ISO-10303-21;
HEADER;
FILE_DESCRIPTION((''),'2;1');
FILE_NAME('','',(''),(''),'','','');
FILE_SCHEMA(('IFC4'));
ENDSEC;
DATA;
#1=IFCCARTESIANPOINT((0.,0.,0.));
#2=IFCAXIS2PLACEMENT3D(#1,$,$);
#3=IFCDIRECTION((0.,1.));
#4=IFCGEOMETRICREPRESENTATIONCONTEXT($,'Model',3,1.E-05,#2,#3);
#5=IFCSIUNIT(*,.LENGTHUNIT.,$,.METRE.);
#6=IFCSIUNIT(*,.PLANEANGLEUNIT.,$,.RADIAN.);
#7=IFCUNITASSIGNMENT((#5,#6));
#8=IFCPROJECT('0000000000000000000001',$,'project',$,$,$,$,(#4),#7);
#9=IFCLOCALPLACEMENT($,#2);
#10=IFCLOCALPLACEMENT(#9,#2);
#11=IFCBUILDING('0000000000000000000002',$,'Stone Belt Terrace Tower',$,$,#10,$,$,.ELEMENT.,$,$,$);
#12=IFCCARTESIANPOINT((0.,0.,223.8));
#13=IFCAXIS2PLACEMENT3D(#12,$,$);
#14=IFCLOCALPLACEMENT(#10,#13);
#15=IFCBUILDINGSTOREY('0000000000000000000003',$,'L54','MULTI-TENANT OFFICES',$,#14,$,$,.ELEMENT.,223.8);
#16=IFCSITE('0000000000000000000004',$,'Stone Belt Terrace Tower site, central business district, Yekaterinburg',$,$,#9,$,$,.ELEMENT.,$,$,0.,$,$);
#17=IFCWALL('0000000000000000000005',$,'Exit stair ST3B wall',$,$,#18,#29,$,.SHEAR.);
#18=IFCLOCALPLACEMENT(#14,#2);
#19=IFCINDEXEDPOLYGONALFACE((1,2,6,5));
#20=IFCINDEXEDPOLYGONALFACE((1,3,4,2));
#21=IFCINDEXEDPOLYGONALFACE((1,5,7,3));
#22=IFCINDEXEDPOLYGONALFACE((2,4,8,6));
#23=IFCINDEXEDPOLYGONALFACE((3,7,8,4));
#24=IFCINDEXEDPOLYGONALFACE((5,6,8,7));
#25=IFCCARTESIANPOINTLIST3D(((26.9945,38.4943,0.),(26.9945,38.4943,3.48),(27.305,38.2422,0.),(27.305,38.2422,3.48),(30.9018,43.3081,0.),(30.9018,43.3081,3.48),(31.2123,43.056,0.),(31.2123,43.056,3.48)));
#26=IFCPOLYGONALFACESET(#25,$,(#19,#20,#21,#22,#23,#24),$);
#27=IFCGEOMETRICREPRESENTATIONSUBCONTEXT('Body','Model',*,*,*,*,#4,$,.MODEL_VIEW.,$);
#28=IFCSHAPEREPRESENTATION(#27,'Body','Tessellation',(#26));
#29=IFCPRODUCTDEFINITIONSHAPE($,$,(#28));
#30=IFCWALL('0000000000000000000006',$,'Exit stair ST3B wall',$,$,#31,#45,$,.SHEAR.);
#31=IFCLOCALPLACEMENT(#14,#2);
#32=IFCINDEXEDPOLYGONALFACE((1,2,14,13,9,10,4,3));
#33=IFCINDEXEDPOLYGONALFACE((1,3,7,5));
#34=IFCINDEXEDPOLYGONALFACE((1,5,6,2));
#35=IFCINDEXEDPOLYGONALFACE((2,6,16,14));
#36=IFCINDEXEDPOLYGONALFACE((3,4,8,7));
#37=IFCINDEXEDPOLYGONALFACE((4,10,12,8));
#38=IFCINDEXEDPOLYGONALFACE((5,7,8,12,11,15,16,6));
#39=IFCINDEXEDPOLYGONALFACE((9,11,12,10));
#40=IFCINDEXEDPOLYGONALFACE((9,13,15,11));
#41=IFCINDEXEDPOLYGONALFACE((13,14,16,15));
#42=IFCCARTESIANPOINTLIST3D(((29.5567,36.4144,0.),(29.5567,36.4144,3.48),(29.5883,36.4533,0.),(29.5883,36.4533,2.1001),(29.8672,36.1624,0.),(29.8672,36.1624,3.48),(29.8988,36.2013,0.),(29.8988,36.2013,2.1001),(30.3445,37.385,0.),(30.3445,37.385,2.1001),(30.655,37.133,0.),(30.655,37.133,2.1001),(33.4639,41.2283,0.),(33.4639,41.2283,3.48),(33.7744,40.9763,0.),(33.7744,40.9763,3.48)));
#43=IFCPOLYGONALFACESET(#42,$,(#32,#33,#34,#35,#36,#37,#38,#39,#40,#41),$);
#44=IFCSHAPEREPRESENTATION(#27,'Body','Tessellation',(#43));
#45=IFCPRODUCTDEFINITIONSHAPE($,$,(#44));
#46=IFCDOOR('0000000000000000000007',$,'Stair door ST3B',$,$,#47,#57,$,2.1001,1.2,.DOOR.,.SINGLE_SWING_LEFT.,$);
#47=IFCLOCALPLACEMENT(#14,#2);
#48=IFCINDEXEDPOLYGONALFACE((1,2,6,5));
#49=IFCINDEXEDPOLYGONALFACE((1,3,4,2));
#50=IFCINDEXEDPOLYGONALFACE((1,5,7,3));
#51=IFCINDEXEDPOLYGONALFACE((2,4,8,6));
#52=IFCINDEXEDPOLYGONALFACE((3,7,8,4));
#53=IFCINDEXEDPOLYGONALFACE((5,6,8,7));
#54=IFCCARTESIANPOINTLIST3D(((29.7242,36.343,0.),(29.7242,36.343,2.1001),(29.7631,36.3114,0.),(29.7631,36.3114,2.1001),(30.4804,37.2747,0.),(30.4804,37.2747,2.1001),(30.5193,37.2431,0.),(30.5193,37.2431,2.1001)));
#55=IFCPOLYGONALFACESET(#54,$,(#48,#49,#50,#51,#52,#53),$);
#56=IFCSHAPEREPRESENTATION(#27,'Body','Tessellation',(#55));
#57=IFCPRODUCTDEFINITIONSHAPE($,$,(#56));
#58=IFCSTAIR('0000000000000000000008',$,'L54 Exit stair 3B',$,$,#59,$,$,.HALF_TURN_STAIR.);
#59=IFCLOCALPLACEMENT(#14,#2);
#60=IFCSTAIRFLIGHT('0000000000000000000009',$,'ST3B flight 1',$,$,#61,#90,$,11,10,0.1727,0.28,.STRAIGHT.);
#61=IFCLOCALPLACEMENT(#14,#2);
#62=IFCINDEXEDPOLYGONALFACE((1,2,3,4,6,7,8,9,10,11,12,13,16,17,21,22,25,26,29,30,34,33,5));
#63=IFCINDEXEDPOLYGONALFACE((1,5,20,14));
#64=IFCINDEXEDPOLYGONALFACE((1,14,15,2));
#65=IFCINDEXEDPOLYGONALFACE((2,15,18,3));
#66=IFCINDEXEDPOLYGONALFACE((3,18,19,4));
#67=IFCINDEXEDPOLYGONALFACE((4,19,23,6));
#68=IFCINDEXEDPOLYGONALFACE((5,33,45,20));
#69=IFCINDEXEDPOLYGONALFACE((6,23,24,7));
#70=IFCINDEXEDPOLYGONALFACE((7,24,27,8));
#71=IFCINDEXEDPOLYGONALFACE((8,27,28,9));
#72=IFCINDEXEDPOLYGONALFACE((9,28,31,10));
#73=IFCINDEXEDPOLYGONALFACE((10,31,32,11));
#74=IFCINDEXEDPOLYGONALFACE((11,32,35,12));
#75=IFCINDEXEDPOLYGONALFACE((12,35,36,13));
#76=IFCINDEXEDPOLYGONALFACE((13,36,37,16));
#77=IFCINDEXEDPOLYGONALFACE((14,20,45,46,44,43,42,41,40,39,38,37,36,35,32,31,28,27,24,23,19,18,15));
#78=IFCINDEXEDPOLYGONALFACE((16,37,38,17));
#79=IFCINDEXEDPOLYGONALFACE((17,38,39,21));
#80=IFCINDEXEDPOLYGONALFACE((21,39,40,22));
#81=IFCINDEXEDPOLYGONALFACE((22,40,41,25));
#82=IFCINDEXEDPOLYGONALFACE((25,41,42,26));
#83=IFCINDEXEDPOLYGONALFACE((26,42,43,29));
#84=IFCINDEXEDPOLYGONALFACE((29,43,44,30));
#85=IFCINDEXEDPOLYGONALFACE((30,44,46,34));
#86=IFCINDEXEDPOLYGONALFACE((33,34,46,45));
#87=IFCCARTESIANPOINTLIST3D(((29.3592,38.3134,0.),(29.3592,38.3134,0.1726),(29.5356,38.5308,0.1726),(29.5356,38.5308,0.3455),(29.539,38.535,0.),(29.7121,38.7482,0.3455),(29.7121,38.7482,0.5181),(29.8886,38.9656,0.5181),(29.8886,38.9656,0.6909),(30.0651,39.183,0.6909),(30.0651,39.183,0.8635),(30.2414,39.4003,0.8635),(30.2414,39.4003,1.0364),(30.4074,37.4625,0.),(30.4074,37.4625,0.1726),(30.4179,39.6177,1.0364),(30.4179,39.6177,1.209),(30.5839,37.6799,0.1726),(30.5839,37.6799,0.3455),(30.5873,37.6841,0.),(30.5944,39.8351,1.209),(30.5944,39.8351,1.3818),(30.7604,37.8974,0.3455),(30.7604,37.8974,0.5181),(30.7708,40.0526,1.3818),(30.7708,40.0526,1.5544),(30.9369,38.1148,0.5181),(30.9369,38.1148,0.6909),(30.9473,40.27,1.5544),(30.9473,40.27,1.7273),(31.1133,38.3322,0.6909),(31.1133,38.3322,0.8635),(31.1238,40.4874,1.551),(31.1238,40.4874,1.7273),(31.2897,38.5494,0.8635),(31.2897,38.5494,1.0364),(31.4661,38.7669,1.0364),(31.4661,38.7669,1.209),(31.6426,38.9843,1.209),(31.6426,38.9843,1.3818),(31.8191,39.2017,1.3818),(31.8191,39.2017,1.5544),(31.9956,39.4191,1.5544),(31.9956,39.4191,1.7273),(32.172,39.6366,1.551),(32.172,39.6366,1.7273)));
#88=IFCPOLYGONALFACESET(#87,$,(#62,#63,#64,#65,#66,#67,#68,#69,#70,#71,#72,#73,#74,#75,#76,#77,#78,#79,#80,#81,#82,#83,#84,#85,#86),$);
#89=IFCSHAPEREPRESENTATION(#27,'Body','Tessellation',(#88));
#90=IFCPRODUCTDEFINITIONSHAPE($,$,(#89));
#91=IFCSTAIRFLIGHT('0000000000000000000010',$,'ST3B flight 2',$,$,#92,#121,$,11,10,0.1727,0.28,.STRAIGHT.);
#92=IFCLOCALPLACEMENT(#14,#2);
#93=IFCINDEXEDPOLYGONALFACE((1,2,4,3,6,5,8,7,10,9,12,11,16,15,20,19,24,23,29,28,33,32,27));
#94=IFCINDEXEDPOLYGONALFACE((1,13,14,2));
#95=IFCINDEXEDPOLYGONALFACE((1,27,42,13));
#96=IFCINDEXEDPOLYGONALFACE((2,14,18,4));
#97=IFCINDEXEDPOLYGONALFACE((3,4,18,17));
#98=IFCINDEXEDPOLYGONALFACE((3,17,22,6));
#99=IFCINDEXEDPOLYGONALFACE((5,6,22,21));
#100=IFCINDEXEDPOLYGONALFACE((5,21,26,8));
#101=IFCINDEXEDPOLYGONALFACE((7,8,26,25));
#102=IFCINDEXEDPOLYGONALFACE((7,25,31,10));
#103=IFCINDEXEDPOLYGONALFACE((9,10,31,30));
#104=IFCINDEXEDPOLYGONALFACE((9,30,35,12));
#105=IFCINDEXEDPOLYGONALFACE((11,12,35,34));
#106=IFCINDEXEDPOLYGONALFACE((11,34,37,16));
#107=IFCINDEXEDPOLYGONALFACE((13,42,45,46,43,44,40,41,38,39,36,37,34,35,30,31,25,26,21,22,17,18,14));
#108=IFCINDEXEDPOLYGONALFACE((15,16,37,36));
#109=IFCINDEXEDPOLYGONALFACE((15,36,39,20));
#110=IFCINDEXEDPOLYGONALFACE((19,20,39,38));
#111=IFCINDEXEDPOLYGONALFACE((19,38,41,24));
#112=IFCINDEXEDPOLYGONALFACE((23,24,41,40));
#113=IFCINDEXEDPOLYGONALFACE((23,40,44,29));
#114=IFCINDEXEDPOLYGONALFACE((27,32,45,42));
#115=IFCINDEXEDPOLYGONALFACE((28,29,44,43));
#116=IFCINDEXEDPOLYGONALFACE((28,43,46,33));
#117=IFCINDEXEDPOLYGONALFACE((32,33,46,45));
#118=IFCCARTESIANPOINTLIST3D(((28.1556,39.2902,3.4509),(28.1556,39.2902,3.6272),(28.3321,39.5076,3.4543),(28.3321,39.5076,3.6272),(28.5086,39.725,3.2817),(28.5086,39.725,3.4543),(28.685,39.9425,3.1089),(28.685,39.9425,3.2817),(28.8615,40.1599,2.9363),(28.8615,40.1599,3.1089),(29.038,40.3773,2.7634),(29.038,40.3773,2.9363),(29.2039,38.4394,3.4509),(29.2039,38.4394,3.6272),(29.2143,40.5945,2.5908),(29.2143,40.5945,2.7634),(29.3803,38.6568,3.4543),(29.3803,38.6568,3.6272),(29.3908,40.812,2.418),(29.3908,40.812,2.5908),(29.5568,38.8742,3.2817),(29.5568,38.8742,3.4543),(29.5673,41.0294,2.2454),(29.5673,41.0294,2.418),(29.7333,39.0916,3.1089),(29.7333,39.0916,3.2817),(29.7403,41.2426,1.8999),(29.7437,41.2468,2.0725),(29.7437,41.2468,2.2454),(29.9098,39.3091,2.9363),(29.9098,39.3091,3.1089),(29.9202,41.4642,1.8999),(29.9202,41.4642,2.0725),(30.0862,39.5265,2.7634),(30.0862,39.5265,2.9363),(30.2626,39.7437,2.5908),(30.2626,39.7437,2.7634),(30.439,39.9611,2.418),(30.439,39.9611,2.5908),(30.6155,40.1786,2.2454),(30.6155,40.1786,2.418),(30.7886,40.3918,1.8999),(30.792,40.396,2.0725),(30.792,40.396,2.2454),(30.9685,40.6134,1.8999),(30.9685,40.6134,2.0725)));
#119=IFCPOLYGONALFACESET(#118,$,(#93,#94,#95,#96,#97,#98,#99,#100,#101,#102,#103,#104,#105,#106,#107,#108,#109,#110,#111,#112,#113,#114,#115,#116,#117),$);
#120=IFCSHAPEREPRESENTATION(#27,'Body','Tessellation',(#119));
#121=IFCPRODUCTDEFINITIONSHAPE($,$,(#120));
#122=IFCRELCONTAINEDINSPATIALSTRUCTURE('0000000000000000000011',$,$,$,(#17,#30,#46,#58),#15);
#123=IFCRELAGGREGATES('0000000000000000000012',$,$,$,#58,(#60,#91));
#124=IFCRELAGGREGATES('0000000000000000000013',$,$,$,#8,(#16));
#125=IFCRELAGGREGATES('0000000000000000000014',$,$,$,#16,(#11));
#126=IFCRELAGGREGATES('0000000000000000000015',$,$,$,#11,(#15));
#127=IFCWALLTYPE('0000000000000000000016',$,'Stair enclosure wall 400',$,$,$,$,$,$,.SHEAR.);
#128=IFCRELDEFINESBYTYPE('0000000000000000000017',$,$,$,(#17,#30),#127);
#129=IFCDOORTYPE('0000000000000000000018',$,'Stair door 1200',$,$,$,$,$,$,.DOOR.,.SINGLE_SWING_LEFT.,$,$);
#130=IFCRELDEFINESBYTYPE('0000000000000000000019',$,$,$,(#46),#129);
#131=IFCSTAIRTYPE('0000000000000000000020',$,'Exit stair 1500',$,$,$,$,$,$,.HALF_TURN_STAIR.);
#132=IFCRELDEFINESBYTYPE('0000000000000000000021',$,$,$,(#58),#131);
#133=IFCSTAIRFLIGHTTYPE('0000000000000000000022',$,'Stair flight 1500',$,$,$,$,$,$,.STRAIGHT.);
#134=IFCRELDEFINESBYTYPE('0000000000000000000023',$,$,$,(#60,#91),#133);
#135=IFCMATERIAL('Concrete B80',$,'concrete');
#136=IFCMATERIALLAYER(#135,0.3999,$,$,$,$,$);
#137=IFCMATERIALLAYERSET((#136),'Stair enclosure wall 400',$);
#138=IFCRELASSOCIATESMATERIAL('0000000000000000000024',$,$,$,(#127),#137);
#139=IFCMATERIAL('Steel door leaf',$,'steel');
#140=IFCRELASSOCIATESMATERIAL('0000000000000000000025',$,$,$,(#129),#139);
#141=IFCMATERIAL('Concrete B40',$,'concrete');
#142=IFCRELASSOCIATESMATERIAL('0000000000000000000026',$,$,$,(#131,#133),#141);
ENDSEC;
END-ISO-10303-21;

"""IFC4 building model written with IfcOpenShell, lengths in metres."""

from ifc_helpers import new_model, si_unit, direction, frame, frame_2d, origin, place, context, subcontext, project, spatial, polyline, rectangle, outline, extrude, material, layer, layer_set, type_object, element, fill, aggregate, save


model = new_model("IFC4")

# Units and contexts
model_context = context("Model", 3, precision=1e-05, world=origin(), true_north=direction((0.0, 1.0)))
body_context = subcontext(model_context, "Body", "Model", "MODEL_VIEW")
ifc_project = project(units=[si_unit("LENGTHUNIT", "METRE"), si_unit("PLANEANGLEUNIT", "RADIAN")], contexts=[model_context])

# Site, building, storey
site_placement = place(None, origin())
site = spatial("IfcSite", under=ifc_project, at=site_placement, Name="Stone Belt Terrace Tower site, central business district, Yekaterinburg", CompositionType="ELEMENT", RefElevation=0.0)
building_placement = place(site_placement, origin())
building = spatial("IfcBuilding", under=site, at=building_placement, Name="Stone Belt Terrace Tower", CompositionType="ELEMENT")
storey_placement = place(building_placement, frame((0.0, 0.0, 223.8)))
storey = spatial("IfcBuildingStorey", under=building, at=storey_placement, Name="L54", Description="MULTI-TENANT OFFICES", CompositionType="ELEMENT", Elevation=223.8)

# Shared definitions
ifc_material_1 = material(Name="Concrete B40", Category="concrete")

# Wall
ifc_material_2 = material(Name="Concrete B80", Category="concrete")
ifc_layer_1 = layer(ifc_material_2, 0.3999)
ifc_layer_set_1 = layer_set([ifc_layer_1], Name="Stair enclosure wall 400")
wall_type_1 = type_object("IfcWallType", Name="Stair enclosure wall 400", PredefinedType="SHEAR", material=ifc_layer_set_1)
wall_1_placement = place(storey_placement, frame((27.1497, 38.3682, 0.0), z_axis=(0.0, 0.0, 1.0), x_axis=(0.630212, 0.776423, 0.0)))
element("IfcWall", 1, at=wall_1_placement, inside=storey, type_object=wall_type_1, Name="Exit stair ST3B wall", PredefinedType="SHEAR", context=body_context, shape_type="SweptSolid", body=[
    extrude(rectangle(XDim=6.2, YDim=0.3999, at=frame_2d((3.1001, 0.0))), origin(), (0.0, 0.0, 1.0), 3.48),
])

# Wall, opening, door
wall_2_placement = place(storey_placement, frame((29.7119, 36.2883, 0.0), z_axis=(0.0, 0.0, 1.0), x_axis=(0.630192, 0.776439, 0.0)))
wall_2 = element("IfcWall", 2, at=wall_2_placement, inside=storey, type_object=wall_type_1, Name="Exit stair ST3B wall", PredefinedType="SHEAR", context=body_context, shape_type="SweptSolid", body=[
    extrude(rectangle(XDim=6.2, YDim=0.3999, at=frame_2d((3.1001, 0.0))), origin(), (0.0, 0.0, 1.0), 3.48),
])
opening_1_placement = place(wall_2_placement, frame((0.05, 0.0, 0.0)))
opening_1 = element("IfcOpeningElement", 3, at=opening_1_placement, cuts=wall_2, PredefinedType="OPENING", context=body_context, shape_type="SweptSolid", body=[
    extrude(rectangle(XDim=1.2, YDim=2.1001, at=frame_2d((0.6001, 1.05))), frame((0.0, 0.21, 0.0), z_axis=(0.0, -1.0, 0.0), x_axis=(1.0, 0.0, 0.0)), (0.0, 0.0, 1.0), 0.4199),
])
ifc_material_3 = material(Name="Steel door leaf", Category="steel")
door_type_1 = type_object("IfcDoorType", Name="Stair door 1200", OperationType="SINGLE_SWING_LEFT", PredefinedType="DOOR", material=ifc_material_3)
door_1_placement = place(opening_1_placement, origin())
door_1 = element("IfcDoor", 4, at=door_1_placement, inside=storey, type_object=door_type_1, Name="Stair door ST3B", OperationType="SINGLE_SWING_LEFT", OverallHeight=2.1001, OverallWidth=1.2, PredefinedType="DOOR", context=body_context, shape_type="SweptSolid", body=[
    extrude(rectangle(XDim=1.2, YDim=2.1001, at=frame_2d((0.6001, 1.05))), frame((0.0, 0.0249, 0.0), z_axis=(0.0, -1.0, 0.0), x_axis=(1.0, 0.0, 0.0)), (0.0, 0.0, 1.0), 0.05),
])
fill(opening_1, door_1)

# Stair, stair flights
stair_type = type_object("IfcStairType", Name="Exit stair 1500", PredefinedType="HALF_TURN_STAIR", material=ifc_material_1)
stair_placement = place(storey_placement, origin())
stair = element("IfcStair", 5, at=stair_placement, inside=storey, type_object=stair_type, Name="L54 Exit stair 3B", PredefinedType="HALF_TURN_STAIR")
stair_flight_type = type_object("IfcStairFlightType", Name="Stair flight 1500", PredefinedType="STRAIGHT", material=ifc_material_1)
stair_flight_1_placement = place(storey_placement, frame((29.8833, 37.8879, 0.0), z_axis=(0.0, 0.0, 1.0), x_axis=(0.630206, 0.776428, 0.0)))
stair_flight_1 = element("IfcStairFlight", 6, at=stair_flight_1_placement, type_object=stair_flight_type, Name="ST3B flight 1", NumberOfRisers=11, NumberOfTreads=10, PredefinedType="STRAIGHT", RiserHeight=0.1727, TreadLength=0.28, context=body_context, shape_type="SweptSolid", body=[
    extrude(outline(polyline([(0.0, 0.0), (0.0, 0.1726), (0.28, 0.1726), (0.28, 0.3455), (0.5601, 0.3455), (0.5601, 0.5181), (0.8401, 0.5181), (0.8401, 0.6909), (1.1201, 0.6909), (1.1201, 0.8635), (1.3999, 0.8635), (1.3999, 1.0364), (1.6799, 1.0364), (1.6799, 1.209), (1.96, 1.209), (1.96, 1.3818), (2.24, 1.3818), (2.24, 1.5544), (2.52, 1.5544), (2.52, 1.7273), (2.8, 1.7273), (2.8, 1.8999), (2.8, 1.551), (0.2854, 0.0), (0.0, 0.0)])), frame((0.0, 0.675, 0.0), z_axis=(0.0, -1.0, 0.0), x_axis=(1.0, 0.0, 0.0)), (0.0, 0.0, 1.0), 1.3501),
])
stair_flight_2_placement = place(storey_placement, frame((30.4443, 41.0388, 1.8999), z_axis=(0.0, 0.0, 1.0), x_axis=(-0.630206, -0.776428, 0.0)))
stair_flight_2 = element("IfcStairFlight", 7, at=stair_flight_2_placement, type_object=stair_flight_type, Name="ST3B flight 2", NumberOfRisers=11, NumberOfTreads=10, PredefinedType="STRAIGHT", RiserHeight=0.1727, TreadLength=0.28, context=body_context, shape_type="SweptSolid", body=[
    extrude(outline(polyline([(0.0, 0.0), (0.0, 0.1726), (0.28, 0.1726), (0.28, 0.3455), (0.5601, 0.3455), (0.5601, 0.5181), (0.8401, 0.5181), (0.8401, 0.6909), (1.1201, 0.6909), (1.1201, 0.8635), (1.3999, 0.8635), (1.3999, 1.0364), (1.6799, 1.0364), (1.6799, 1.209), (1.96, 1.209), (1.96, 1.3818), (2.24, 1.3818), (2.24, 1.5544), (2.52, 1.5544), (2.52, 1.7273), (2.8, 1.7273), (2.8, 1.8999), (2.8, 1.551), (0.2854, 0.0), (0.0, 0.0)])), frame((0.0, 0.675, 0.0), z_axis=(0.0, -1.0, 0.0), x_axis=(1.0, 0.0, 0.0)), (0.0, 0.0, 1.0), 1.3501),
])
aggregate(stair, [stair_flight_1, stair_flight_2])

save(model, "model.ifc")
